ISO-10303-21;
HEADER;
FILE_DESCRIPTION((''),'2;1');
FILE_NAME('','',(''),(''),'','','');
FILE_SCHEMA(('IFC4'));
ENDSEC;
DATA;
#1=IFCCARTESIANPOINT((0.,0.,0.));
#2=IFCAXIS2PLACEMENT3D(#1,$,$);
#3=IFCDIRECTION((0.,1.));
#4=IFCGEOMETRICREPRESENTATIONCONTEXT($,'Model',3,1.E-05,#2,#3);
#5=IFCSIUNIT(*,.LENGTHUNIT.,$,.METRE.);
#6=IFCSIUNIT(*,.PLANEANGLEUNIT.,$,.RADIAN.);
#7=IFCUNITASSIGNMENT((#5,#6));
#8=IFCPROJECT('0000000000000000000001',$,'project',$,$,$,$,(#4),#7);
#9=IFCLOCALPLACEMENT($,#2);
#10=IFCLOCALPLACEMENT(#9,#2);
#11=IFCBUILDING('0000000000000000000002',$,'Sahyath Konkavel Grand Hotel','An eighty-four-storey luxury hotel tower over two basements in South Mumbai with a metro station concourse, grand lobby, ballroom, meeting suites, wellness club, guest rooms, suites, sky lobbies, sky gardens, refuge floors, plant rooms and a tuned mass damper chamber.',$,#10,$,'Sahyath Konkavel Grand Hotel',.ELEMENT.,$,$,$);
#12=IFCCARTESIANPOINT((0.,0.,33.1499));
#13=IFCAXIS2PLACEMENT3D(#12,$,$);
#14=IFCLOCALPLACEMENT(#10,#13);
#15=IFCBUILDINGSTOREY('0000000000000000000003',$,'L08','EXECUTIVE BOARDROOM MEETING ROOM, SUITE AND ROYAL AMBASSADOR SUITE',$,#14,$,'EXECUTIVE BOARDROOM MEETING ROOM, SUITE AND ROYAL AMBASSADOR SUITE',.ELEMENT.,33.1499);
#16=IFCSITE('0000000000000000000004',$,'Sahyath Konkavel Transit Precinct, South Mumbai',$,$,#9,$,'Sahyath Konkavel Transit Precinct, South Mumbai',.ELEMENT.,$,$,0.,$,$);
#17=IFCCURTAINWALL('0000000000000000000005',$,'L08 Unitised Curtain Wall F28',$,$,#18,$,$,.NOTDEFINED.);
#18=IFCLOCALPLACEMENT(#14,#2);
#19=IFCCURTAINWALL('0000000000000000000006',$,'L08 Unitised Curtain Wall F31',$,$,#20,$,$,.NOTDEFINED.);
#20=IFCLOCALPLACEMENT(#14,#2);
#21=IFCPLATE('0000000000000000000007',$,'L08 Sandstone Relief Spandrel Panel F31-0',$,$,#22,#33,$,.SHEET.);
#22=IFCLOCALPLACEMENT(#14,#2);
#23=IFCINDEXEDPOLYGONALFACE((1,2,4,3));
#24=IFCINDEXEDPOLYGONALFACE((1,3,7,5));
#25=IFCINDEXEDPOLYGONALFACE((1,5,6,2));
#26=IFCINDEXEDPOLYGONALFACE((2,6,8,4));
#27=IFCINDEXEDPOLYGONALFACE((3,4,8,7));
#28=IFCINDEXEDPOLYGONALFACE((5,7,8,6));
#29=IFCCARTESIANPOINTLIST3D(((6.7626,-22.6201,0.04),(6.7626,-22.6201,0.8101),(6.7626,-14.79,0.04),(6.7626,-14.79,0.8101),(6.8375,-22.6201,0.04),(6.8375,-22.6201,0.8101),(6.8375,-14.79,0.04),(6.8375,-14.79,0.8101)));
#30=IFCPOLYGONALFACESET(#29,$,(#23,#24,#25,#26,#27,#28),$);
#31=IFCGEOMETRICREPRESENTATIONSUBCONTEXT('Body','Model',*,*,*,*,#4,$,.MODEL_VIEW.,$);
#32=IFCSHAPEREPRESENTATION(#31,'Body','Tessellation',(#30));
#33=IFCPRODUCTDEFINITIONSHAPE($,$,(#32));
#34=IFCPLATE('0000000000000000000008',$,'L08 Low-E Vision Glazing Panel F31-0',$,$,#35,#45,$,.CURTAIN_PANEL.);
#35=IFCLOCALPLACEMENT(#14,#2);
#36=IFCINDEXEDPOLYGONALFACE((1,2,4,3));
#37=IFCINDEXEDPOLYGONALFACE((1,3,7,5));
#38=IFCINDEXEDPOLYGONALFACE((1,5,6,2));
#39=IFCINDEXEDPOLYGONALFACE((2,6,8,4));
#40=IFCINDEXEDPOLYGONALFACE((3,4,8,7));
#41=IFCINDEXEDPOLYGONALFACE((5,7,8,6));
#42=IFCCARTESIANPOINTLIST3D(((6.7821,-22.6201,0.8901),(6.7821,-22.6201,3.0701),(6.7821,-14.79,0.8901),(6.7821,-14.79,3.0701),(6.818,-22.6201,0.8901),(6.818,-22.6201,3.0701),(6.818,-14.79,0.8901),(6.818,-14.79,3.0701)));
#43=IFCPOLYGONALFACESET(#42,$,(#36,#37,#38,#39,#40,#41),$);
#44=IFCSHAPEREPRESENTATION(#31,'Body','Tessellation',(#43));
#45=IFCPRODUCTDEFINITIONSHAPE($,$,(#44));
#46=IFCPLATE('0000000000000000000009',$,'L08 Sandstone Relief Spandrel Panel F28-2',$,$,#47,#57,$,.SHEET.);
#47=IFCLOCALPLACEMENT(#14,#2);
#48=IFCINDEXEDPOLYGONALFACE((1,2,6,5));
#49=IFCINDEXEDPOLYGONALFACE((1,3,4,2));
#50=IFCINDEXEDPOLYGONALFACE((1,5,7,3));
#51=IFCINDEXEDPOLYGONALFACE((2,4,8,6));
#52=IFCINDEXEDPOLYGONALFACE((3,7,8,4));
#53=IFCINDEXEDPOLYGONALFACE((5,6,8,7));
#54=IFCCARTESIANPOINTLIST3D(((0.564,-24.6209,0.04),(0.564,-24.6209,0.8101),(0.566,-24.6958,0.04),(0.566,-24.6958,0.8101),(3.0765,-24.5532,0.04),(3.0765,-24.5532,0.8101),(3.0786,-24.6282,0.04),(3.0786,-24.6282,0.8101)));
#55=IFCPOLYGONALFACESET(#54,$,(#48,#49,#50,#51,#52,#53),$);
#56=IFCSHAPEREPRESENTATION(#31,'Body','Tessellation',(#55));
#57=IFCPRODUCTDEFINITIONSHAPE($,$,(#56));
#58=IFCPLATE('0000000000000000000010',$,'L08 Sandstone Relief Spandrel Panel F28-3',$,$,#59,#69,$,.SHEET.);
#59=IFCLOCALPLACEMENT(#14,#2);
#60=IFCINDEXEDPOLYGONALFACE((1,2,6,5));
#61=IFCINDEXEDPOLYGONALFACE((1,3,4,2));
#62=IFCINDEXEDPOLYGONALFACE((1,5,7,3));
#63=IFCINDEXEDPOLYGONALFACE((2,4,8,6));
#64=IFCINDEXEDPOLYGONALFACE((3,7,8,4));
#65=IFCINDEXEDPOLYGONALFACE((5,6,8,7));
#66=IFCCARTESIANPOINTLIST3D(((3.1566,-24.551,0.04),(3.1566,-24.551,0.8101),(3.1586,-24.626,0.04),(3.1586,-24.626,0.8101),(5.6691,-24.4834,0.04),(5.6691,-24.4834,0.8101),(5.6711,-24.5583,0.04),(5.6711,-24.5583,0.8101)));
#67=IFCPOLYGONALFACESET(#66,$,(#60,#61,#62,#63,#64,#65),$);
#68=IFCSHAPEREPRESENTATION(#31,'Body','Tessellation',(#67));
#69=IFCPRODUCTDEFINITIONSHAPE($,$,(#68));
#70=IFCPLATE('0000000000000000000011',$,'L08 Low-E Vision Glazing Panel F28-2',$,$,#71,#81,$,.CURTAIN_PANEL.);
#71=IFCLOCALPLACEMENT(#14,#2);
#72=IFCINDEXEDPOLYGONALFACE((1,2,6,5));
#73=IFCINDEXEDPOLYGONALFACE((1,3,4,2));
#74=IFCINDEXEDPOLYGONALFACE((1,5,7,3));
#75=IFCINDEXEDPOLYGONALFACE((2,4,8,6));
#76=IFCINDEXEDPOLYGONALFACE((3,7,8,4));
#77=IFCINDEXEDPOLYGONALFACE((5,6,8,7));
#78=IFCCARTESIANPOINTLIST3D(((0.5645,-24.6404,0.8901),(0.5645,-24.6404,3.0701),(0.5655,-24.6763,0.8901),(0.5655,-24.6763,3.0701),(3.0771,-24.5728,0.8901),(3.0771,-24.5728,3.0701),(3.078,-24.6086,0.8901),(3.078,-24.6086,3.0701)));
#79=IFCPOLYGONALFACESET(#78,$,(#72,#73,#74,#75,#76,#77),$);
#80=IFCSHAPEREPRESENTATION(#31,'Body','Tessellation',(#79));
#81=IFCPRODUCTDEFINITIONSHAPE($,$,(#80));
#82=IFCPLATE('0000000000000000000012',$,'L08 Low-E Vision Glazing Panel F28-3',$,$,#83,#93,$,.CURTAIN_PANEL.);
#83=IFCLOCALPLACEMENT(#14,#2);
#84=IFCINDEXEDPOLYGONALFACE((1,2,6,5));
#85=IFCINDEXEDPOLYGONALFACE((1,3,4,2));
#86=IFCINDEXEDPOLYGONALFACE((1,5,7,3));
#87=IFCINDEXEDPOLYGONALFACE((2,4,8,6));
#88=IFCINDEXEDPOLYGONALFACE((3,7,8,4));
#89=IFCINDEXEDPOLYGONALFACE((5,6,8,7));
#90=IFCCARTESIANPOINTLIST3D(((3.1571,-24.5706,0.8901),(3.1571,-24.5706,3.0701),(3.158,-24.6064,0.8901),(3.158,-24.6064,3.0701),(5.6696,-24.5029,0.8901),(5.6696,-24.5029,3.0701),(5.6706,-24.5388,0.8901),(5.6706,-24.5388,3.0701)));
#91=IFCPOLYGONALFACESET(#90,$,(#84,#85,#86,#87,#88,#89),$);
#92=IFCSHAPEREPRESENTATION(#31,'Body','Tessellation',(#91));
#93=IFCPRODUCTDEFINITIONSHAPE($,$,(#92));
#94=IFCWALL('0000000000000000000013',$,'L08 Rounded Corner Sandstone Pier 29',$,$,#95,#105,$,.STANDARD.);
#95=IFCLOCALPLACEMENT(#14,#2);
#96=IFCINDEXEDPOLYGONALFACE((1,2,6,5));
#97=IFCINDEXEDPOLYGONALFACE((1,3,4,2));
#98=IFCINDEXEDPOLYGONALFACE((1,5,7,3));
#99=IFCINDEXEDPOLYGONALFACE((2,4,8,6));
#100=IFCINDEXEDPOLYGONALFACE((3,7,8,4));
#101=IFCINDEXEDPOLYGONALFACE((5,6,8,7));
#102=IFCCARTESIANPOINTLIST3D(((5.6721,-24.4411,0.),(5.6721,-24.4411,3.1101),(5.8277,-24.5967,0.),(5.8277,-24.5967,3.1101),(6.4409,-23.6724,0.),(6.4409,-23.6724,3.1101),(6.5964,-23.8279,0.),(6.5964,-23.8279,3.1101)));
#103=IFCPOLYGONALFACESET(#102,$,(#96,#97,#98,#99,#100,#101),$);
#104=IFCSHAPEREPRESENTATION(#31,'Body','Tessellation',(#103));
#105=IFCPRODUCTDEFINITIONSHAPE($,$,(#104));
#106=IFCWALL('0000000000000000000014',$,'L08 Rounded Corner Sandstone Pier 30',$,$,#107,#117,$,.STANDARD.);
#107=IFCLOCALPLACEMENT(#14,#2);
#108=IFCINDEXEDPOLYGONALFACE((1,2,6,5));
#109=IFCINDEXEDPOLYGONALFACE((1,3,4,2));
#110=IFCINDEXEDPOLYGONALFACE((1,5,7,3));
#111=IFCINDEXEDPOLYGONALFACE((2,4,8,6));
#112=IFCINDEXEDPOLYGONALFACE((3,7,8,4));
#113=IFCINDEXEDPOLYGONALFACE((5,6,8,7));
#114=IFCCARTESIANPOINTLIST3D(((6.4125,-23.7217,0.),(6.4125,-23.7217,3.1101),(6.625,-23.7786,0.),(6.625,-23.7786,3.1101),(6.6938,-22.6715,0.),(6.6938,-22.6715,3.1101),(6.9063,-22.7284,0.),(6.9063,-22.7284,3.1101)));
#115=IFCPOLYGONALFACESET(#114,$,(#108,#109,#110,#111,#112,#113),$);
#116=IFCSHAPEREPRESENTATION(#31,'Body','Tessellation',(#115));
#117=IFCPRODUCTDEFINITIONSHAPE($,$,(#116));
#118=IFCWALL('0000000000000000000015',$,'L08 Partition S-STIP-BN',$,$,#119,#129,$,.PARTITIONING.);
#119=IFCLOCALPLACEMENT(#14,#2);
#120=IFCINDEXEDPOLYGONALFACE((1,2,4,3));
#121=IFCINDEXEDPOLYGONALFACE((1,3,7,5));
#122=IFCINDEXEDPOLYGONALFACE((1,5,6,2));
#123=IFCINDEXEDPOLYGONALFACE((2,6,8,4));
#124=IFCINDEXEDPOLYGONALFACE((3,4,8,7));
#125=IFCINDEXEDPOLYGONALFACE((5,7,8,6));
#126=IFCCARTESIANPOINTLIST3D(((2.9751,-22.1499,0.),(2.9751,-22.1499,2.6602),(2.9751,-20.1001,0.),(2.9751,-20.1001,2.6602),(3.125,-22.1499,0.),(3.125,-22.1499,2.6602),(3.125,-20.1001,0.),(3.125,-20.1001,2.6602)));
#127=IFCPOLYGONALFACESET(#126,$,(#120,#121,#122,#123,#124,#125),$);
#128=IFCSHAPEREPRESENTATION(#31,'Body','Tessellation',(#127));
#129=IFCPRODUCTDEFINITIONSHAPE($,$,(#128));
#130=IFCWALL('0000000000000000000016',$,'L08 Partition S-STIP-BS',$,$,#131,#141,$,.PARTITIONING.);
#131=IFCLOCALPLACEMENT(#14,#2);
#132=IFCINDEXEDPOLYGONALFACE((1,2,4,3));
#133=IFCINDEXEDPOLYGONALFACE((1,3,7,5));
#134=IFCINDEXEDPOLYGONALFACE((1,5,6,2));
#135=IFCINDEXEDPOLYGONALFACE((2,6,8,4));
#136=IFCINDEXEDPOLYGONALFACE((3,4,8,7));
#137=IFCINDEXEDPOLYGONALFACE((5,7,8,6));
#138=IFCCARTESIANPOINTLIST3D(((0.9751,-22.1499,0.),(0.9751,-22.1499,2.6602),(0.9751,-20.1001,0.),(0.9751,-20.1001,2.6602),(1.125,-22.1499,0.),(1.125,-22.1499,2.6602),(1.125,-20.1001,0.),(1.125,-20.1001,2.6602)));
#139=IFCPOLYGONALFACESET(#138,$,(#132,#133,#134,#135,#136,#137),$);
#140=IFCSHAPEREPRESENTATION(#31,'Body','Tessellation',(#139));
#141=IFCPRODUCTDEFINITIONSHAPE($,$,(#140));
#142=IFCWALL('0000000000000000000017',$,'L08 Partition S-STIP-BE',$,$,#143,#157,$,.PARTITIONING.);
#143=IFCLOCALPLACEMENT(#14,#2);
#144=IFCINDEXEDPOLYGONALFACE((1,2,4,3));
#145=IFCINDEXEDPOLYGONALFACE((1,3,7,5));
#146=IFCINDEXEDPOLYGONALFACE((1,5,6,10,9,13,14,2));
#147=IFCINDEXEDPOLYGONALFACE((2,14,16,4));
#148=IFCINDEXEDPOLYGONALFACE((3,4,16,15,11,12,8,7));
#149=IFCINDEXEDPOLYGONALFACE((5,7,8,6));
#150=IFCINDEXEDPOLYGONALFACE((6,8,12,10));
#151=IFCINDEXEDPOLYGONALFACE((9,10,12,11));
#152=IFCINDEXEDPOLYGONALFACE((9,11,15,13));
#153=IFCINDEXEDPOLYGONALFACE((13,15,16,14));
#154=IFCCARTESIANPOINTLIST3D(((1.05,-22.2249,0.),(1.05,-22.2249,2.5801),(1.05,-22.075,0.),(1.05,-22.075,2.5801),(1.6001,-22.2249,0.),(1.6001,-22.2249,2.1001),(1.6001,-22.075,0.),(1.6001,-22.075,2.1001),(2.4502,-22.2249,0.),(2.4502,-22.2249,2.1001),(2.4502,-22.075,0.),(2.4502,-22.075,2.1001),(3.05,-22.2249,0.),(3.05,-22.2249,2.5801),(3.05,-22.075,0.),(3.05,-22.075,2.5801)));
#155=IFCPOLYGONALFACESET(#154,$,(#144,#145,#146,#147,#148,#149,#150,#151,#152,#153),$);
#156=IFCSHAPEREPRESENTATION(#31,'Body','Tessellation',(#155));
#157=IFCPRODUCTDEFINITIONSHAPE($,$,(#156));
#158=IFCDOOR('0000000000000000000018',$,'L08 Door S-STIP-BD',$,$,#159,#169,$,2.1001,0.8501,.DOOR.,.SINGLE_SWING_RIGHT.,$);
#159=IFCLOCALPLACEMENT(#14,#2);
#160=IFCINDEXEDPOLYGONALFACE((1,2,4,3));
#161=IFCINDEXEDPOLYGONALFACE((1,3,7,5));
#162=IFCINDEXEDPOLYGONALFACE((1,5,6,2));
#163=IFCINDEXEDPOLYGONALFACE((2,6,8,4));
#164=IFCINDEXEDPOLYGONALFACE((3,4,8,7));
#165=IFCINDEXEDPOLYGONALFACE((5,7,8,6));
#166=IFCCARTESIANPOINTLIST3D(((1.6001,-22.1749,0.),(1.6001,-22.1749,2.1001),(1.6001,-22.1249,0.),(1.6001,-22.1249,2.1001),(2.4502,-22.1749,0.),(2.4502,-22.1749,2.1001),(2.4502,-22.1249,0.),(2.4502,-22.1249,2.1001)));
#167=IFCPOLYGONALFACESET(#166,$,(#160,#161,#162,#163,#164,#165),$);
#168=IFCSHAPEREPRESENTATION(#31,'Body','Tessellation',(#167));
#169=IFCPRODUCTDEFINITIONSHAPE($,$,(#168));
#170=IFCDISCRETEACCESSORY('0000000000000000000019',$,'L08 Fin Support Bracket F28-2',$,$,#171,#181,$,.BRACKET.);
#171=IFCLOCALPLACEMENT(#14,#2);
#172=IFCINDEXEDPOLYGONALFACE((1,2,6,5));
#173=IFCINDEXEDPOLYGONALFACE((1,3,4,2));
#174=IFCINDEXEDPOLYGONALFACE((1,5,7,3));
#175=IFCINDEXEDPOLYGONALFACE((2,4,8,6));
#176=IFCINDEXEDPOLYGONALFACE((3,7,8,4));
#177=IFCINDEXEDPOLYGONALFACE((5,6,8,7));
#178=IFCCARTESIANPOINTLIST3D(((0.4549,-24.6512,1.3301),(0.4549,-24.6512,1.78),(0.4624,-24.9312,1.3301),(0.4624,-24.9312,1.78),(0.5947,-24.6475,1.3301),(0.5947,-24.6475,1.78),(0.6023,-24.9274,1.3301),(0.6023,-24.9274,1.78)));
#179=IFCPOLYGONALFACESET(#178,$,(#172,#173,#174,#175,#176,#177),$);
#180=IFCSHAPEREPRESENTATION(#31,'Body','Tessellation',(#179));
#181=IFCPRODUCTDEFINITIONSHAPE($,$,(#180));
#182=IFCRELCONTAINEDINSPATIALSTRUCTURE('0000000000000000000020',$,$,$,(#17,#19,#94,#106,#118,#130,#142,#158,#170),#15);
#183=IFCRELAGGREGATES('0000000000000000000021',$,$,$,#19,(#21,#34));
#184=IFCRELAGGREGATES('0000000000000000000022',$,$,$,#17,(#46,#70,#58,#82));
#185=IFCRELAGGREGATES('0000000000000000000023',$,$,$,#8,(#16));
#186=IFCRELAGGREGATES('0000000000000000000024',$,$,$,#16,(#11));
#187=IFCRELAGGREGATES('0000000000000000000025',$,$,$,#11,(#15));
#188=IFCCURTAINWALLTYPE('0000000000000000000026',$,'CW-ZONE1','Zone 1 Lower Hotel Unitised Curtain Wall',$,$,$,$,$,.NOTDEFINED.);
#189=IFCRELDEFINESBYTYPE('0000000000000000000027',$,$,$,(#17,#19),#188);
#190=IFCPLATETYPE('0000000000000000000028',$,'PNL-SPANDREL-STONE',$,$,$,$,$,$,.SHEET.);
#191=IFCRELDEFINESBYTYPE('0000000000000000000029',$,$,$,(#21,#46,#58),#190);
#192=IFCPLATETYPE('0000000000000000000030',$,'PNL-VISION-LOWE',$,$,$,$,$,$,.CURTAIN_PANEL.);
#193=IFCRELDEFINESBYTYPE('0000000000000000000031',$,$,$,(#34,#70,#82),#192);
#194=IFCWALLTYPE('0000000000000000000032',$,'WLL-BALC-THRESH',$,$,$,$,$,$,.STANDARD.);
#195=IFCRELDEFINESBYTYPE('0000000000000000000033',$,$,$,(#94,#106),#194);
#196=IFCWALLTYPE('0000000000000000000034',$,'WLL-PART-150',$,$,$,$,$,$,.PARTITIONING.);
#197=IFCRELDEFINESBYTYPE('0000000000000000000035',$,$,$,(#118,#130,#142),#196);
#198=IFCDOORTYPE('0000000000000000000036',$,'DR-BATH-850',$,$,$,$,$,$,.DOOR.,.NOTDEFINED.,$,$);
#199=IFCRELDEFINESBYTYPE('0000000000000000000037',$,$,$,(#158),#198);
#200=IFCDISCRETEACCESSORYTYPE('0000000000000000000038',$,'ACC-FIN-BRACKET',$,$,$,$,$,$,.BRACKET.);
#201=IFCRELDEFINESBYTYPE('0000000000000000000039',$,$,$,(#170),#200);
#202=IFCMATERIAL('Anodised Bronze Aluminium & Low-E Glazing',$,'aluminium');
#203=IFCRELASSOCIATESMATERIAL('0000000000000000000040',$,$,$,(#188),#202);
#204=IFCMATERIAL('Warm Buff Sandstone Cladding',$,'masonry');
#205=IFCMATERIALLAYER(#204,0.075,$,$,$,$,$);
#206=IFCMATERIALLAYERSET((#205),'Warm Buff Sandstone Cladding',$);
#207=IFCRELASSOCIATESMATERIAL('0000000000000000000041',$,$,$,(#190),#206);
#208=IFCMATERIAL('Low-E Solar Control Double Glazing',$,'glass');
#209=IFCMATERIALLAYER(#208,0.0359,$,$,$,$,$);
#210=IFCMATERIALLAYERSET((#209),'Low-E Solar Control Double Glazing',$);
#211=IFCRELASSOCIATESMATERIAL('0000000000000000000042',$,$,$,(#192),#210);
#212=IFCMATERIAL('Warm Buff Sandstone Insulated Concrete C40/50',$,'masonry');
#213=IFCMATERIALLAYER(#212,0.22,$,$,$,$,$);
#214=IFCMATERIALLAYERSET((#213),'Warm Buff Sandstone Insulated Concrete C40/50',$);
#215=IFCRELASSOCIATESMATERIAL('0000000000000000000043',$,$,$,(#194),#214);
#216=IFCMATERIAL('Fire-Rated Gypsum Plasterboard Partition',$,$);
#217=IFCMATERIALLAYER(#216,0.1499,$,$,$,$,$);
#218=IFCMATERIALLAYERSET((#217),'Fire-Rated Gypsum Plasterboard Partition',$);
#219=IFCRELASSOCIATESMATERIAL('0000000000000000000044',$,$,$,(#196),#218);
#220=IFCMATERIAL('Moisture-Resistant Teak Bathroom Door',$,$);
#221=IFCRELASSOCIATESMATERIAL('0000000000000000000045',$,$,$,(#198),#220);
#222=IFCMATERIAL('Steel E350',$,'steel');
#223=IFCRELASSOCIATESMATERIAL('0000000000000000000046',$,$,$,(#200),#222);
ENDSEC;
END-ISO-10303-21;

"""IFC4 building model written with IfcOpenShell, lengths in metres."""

from ifc_helpers import new_model, si_unit, direction, frame, frame_2d, origin, origin_2d, place, context, subcontext, project, spatial, rectangle, extrude, source, transform, mapped, material, layer, layer_set, type_object, element, fill, aggregate, save


model = new_model("IFC4")

# Units and contexts
model_context = context("Model", 3, precision=1e-05, world=origin(), true_north=direction((0.0, 1.0)))
body_context = subcontext(model_context, "Body", "Model", "MODEL_VIEW")
ifc_project = project(units=[si_unit("LENGTHUNIT", "METRE"), si_unit("PLANEANGLEUNIT", "RADIAN")], contexts=[model_context])

# Site, building, storey
site_placement = place(None, origin())
site = spatial("IfcSite", under=ifc_project, at=site_placement, Name="Sahyath Konkavel Transit Precinct, South Mumbai", LongName="Sahyath Konkavel Transit Precinct, South Mumbai", CompositionType="ELEMENT", RefElevation=0.0)
building_placement = place(site_placement, origin())
building = spatial("IfcBuilding", under=site, at=building_placement, Name="Sahyath Konkavel Grand Hotel", Description="An eighty-four-storey luxury hotel tower over two basements in South Mumbai with a metro station concourse, grand lobby, ballroom, meeting suites, wellness club, guest rooms, suites, sky lobbies, sky gardens, refuge floors, plant rooms and a tuned mass damper chamber.", LongName="Sahyath Konkavel Grand Hotel", CompositionType="ELEMENT")
storey_placement = place(building_placement, frame((0.0, 0.0, 33.1499)))
storey = spatial("IfcBuildingStorey", under=building, at=storey_placement, Name="L08", Description="EXECUTIVE BOARDROOM MEETING ROOM, SUITE AND ROYAL AMBASSADOR SUITE", LongName="EXECUTIVE BOARDROOM MEETING ROOM, SUITE AND ROYAL AMBASSADOR SUITE", CompositionType="ELEMENT", Elevation=33.1499)

# Curtain wall
ifc_material_1 = material(Name="Anodised Bronze Aluminium & Low-E Glazing", Category="aluminium")
curtain_wall_type = type_object("IfcCurtainWallType", Name="CW-ZONE1", Description="Zone 1 Lower Hotel Unitised Curtain Wall", PredefinedType="NOTDEFINED", material=ifc_material_1)
curtain_wall_1_placement = place(storey_placement, origin())
curtain_wall_1 = element("IfcCurtainWall", 1, at=curtain_wall_1_placement, inside=storey, type_object=curtain_wall_type, Name="L08 Unitised Curtain Wall F28", PredefinedType="NOTDEFINED")

# Curtain wall
curtain_wall_2_placement = place(storey_placement, origin())
curtain_wall_2 = element("IfcCurtainWall", 2, at=curtain_wall_2_placement, inside=storey, type_object=curtain_wall_type, Name="L08 Unitised Curtain Wall F31", PredefinedType="NOTDEFINED")

# Plates
ifc_material_2 = material(Name="Warm Buff Sandstone Cladding", Category="masonry")
ifc_layer_1 = layer(ifc_material_2, 0.075)
ifc_layer_set_1 = layer_set([ifc_layer_1], Name="Warm Buff Sandstone Cladding")
plate_type_1 = type_object("IfcPlateType", Name="PNL-SPANDREL-STONE", PredefinedType="SHEET", material=ifc_layer_set_1)
shared_shape_1 = source(origin(), body_context, "Body", "SweptSolid", [
    extrude(rectangle(XDim=7.8301, YDim=0.075, at=origin_2d()), origin(), (0.0, 0.0, 1.0), 0.77),
])
plate_1_placement = place(storey_placement, frame((6.8, -18.7051, 0.04), z_axis=(0.0, 0.0, 1.0), x_axis=(0.0, 1.0, 0.0)))
plate_1 = element("IfcPlate", 3, at=plate_1_placement, type_object=plate_type_1, Name="L08 Sandstone Relief Spandrel Panel F31-0", PredefinedType="SHEET", context=body_context, shape_type="MappedRepresentation", body=[
    mapped(shared_shape_1, transform((0.0, 0.0, 0.0), scale=1.0)),
])
ifc_material_3 = material(Name="Low-E Solar Control Double Glazing", Category="glass")
ifc_layer_2 = layer(ifc_material_3, 0.0359)
ifc_layer_set_2 = layer_set([ifc_layer_2], Name="Low-E Solar Control Double Glazing")
plate_type_2 = type_object("IfcPlateType", Name="PNL-VISION-LOWE", PredefinedType="CURTAIN_PANEL", material=ifc_layer_set_2)
shared_shape_2 = source(origin(), body_context, "Body", "SweptSolid", [
    extrude(rectangle(XDim=7.8301, YDim=0.0359, at=origin_2d()), origin(), (0.0, 0.0, 1.0), 2.1799),
])
plate_2_placement = place(storey_placement, frame((6.8, -18.7051, 0.8901), z_axis=(0.0, 0.0, 1.0), x_axis=(0.0, 1.0, 0.0)))
plate_2 = element("IfcPlate", 4, at=plate_2_placement, type_object=plate_type_2, Name="L08 Low-E Vision Glazing Panel F31-0", PredefinedType="CURTAIN_PANEL", context=body_context, shape_type="MappedRepresentation", body=[
    mapped(shared_shape_2, transform((0.0, 0.0, 0.0), scale=1.0)),
])
aggregate(curtain_wall_2, [plate_1, plate_2])
shared_shape_3 = source(origin(), body_context, "Body", "SweptSolid", [
    extrude(rectangle(XDim=2.5134, YDim=0.075, at=origin_2d()), origin(), (0.0, 0.0, 1.0), 0.77),
])
plate_3_placement = place(storey_placement, frame((1.8213, -24.6245, 0.04), z_axis=(0.0, 0.0, 1.0), x_axis=(0.999638, 0.02691, 0.0)))
plate_3 = element("IfcPlate", 5, at=plate_3_placement, type_object=plate_type_1, Name="L08 Sandstone Relief Spandrel Panel F28-2", PredefinedType="SHEET", context=body_context, shape_type="MappedRepresentation", body=[
    mapped(shared_shape_3, transform((0.0, 0.0, 0.0), scale=1.0)),
])
plate_4_placement = place(storey_placement, frame((4.4138, -24.5547, 0.04), z_axis=(0.0, 0.0, 1.0), x_axis=(0.999638, 0.02691, 0.0)))
plate_4 = element("IfcPlate", 6, at=plate_4_placement, type_object=plate_type_1, Name="L08 Sandstone Relief Spandrel Panel F28-3", PredefinedType="SHEET", context=body_context, shape_type="MappedRepresentation", body=[
    mapped(shared_shape_3, transform((0.0, 0.0, 0.0), scale=1.0)),
])
shared_shape_4 = source(origin(), body_context, "Body", "SweptSolid", [
    extrude(rectangle(XDim=2.5134, YDim=0.0359, at=origin_2d()), origin(), (0.0, 0.0, 1.0), 2.1799),
])
plate_5_placement = place(storey_placement, frame((1.8213, -24.6245, 0.8901), z_axis=(0.0, 0.0, 1.0), x_axis=(0.999638, 0.02691, 0.0)))
plate_5 = element("IfcPlate", 7, at=plate_5_placement, type_object=plate_type_2, Name="L08 Low-E Vision Glazing Panel F28-2", PredefinedType="CURTAIN_PANEL", context=body_context, shape_type="MappedRepresentation", body=[
    mapped(shared_shape_4, transform((0.0, 0.0, 0.0), scale=1.0)),
])
plate_6_placement = place(storey_placement, frame((4.4138, -24.5547, 0.8901), z_axis=(0.0, 0.0, 1.0), x_axis=(0.999638, 0.02691, 0.0)))
plate_6 = element("IfcPlate", 8, at=plate_6_placement, type_object=plate_type_2, Name="L08 Low-E Vision Glazing Panel F28-3", PredefinedType="CURTAIN_PANEL", context=body_context, shape_type="MappedRepresentation", body=[
    mapped(shared_shape_4, transform((0.0, 0.0, 0.0), scale=1.0)),
])
aggregate(curtain_wall_1, [plate_3, plate_5, plate_4, plate_6])

# Walls
ifc_material_4 = material(Name="Warm Buff Sandstone Insulated Concrete C40/50", Category="masonry")
ifc_layer_3 = layer(ifc_material_4, 0.22)
ifc_layer_set_3 = layer_set([ifc_layer_3], Name="Warm Buff Sandstone Insulated Concrete C40/50")
wall_type_1 = type_object("IfcWallType", Name="WLL-BALC-THRESH", PredefinedType="STANDARD", material=ifc_layer_set_3)
for number, where, z_axis, x_axis, name in (
    (9, (5.75, -24.5188, 0.0), (0.0, 0.0, 1.0), (0.707107, 0.707107, 0.0), "L08 Rounded Corner Sandstone Pier 29"),
    (10, (6.5188, -23.75, 0.0), (0.0, 0.0, 1.0), (0.258725, 0.965951, 0.0), "L08 Rounded Corner Sandstone Pier 30"),
):
    element("IfcWall", number, at=place(storey_placement, frame(where, z_axis=z_axis, x_axis=x_axis)), inside=storey, type_object=wall_type_1, Name=name, PredefinedType="STANDARD", context=body_context, shape_type="SweptSolid", body=[
        extrude(rectangle(XDim=1.0872, YDim=0.22, at=frame_2d((0.5435, 0.0))), origin(), (0.0, 0.0, 1.0), 3.1101),
    ])
ifc_material_5 = material(Name="Fire-Rated Gypsum Plasterboard Partition")
ifc_layer_4 = layer(ifc_material_5, 0.1499)
ifc_layer_set_4 = layer_set([ifc_layer_4], Name="Fire-Rated Gypsum Plasterboard Partition")
wall_type_2 = type_object("IfcWallType", Name="WLL-PART-150", PredefinedType="PARTITIONING", material=ifc_layer_set_4)
for number, where, z_axis, x_axis, name in (
    (11, (3.05, -20.1001, 0.0), (0.0, 0.0, 1.0), (0.0, -1.0, 0.0), "L08 Partition S-STIP-BN"),
    (12, (1.05, -20.1001, 0.0), (0.0, 0.0, 1.0), (0.0, -1.0, 0.0), "L08 Partition S-STIP-BS"),
):
    element("IfcWall", number, at=place(storey_placement, frame(where, z_axis=z_axis, x_axis=x_axis)), inside=storey, type_object=wall_type_2, Name=name, PredefinedType="PARTITIONING", context=body_context, shape_type="SweptSolid", body=[
        extrude(rectangle(XDim=2.0498, YDim=0.1499, at=frame_2d((1.0249, 0.0))), origin(), (0.0, 0.0, 1.0), 2.6602),
    ])

# Wall, opening, door
wall_placement = place(storey_placement, frame((1.05, -22.1499, 0.0), z_axis=(0.0, 0.0, 1.0), x_axis=(1.0, 0.0, 0.0)))
wall = element("IfcWall", 13, at=wall_placement, inside=storey, type_object=wall_type_2, Name="L08 Partition S-STIP-BE", PredefinedType="PARTITIONING", context=body_context, shape_type="SweptSolid", body=[
    extrude(rectangle(XDim=2.0, YDim=0.1499, at=frame_2d((1.0, 0.0))), origin(), (0.0, 0.0, 1.0), 2.5801),
])
opening_placement = place(wall_placement, frame((0.55, 0.0, 0.0)))
opening = element("IfcOpeningElement", 14, at=opening_placement, cuts=wall, PredefinedType="OPENING", context=body_context, shape_type="SweptSolid", body=[
    extrude(rectangle(XDim=0.8501, YDim=2.1001, at=frame_2d((0.425, 1.05))), frame((0.0, 0.085, 0.0), z_axis=(0.0, -1.0, 0.0), x_axis=(1.0, 0.0, 0.0)), (0.0, 0.0, 1.0), 0.1699),
])
ifc_material_6 = material(Name="Moisture-Resistant Teak Bathroom Door")
door_type = type_object("IfcDoorType", Name="DR-BATH-850", OperationType="NOTDEFINED", PredefinedType="DOOR", material=ifc_material_6)
shared_shape_5 = source(origin(), body_context, "Body", "SweptSolid", [
    extrude(rectangle(XDim=0.8501, YDim=0.05, at=origin_2d()), origin(), (0.0, 0.0, 1.0), 2.1001),
])
door_placement = place(opening_placement, frame((0.425, 0.0, 0.0)))
door = element("IfcDoor", 15, at=door_placement, inside=storey, type_object=door_type, Name="L08 Door S-STIP-BD", OperationType="SINGLE_SWING_RIGHT", OverallHeight=2.1001, OverallWidth=0.8501, PredefinedType="DOOR", context=body_context, shape_type="MappedRepresentation", body=[
    mapped(shared_shape_5, transform((0.0, 0.0, 0.0), scale=1.0)),
])
fill(opening, door)

# Discrete accessory
ifc_material_7 = material(Name="Steel E350", Category="steel")
discrete_accessory_type = type_object("IfcDiscreteAccessoryType", Name="ACC-FIN-BRACKET", PredefinedType="BRACKET", material=ifc_material_7)
shared_shape_6 = source(origin(), body_context, "Body", "SweptSolid", [
    extrude(rectangle(XDim=0.28, YDim=0.1399, at=origin_2d()), origin(), (0.0, 0.0, 1.0), 0.45),
])
discrete_accessory_placement = place(storey_placement, frame((0.5286, -24.7893, 1.3301), z_axis=(0.0, 0.0, 1.0), x_axis=(0.02691, -0.999638, 0.0)))
element("IfcDiscreteAccessory", 16, at=discrete_accessory_placement, inside=storey, type_object=discrete_accessory_type, Name="L08 Fin Support Bracket F28-2", PredefinedType="BRACKET", context=body_context, shape_type="MappedRepresentation", body=[
    mapped(shared_shape_6, transform((0.0, 0.0, 0.0), scale=1.0)),
])

save(model, "model.ifc")
